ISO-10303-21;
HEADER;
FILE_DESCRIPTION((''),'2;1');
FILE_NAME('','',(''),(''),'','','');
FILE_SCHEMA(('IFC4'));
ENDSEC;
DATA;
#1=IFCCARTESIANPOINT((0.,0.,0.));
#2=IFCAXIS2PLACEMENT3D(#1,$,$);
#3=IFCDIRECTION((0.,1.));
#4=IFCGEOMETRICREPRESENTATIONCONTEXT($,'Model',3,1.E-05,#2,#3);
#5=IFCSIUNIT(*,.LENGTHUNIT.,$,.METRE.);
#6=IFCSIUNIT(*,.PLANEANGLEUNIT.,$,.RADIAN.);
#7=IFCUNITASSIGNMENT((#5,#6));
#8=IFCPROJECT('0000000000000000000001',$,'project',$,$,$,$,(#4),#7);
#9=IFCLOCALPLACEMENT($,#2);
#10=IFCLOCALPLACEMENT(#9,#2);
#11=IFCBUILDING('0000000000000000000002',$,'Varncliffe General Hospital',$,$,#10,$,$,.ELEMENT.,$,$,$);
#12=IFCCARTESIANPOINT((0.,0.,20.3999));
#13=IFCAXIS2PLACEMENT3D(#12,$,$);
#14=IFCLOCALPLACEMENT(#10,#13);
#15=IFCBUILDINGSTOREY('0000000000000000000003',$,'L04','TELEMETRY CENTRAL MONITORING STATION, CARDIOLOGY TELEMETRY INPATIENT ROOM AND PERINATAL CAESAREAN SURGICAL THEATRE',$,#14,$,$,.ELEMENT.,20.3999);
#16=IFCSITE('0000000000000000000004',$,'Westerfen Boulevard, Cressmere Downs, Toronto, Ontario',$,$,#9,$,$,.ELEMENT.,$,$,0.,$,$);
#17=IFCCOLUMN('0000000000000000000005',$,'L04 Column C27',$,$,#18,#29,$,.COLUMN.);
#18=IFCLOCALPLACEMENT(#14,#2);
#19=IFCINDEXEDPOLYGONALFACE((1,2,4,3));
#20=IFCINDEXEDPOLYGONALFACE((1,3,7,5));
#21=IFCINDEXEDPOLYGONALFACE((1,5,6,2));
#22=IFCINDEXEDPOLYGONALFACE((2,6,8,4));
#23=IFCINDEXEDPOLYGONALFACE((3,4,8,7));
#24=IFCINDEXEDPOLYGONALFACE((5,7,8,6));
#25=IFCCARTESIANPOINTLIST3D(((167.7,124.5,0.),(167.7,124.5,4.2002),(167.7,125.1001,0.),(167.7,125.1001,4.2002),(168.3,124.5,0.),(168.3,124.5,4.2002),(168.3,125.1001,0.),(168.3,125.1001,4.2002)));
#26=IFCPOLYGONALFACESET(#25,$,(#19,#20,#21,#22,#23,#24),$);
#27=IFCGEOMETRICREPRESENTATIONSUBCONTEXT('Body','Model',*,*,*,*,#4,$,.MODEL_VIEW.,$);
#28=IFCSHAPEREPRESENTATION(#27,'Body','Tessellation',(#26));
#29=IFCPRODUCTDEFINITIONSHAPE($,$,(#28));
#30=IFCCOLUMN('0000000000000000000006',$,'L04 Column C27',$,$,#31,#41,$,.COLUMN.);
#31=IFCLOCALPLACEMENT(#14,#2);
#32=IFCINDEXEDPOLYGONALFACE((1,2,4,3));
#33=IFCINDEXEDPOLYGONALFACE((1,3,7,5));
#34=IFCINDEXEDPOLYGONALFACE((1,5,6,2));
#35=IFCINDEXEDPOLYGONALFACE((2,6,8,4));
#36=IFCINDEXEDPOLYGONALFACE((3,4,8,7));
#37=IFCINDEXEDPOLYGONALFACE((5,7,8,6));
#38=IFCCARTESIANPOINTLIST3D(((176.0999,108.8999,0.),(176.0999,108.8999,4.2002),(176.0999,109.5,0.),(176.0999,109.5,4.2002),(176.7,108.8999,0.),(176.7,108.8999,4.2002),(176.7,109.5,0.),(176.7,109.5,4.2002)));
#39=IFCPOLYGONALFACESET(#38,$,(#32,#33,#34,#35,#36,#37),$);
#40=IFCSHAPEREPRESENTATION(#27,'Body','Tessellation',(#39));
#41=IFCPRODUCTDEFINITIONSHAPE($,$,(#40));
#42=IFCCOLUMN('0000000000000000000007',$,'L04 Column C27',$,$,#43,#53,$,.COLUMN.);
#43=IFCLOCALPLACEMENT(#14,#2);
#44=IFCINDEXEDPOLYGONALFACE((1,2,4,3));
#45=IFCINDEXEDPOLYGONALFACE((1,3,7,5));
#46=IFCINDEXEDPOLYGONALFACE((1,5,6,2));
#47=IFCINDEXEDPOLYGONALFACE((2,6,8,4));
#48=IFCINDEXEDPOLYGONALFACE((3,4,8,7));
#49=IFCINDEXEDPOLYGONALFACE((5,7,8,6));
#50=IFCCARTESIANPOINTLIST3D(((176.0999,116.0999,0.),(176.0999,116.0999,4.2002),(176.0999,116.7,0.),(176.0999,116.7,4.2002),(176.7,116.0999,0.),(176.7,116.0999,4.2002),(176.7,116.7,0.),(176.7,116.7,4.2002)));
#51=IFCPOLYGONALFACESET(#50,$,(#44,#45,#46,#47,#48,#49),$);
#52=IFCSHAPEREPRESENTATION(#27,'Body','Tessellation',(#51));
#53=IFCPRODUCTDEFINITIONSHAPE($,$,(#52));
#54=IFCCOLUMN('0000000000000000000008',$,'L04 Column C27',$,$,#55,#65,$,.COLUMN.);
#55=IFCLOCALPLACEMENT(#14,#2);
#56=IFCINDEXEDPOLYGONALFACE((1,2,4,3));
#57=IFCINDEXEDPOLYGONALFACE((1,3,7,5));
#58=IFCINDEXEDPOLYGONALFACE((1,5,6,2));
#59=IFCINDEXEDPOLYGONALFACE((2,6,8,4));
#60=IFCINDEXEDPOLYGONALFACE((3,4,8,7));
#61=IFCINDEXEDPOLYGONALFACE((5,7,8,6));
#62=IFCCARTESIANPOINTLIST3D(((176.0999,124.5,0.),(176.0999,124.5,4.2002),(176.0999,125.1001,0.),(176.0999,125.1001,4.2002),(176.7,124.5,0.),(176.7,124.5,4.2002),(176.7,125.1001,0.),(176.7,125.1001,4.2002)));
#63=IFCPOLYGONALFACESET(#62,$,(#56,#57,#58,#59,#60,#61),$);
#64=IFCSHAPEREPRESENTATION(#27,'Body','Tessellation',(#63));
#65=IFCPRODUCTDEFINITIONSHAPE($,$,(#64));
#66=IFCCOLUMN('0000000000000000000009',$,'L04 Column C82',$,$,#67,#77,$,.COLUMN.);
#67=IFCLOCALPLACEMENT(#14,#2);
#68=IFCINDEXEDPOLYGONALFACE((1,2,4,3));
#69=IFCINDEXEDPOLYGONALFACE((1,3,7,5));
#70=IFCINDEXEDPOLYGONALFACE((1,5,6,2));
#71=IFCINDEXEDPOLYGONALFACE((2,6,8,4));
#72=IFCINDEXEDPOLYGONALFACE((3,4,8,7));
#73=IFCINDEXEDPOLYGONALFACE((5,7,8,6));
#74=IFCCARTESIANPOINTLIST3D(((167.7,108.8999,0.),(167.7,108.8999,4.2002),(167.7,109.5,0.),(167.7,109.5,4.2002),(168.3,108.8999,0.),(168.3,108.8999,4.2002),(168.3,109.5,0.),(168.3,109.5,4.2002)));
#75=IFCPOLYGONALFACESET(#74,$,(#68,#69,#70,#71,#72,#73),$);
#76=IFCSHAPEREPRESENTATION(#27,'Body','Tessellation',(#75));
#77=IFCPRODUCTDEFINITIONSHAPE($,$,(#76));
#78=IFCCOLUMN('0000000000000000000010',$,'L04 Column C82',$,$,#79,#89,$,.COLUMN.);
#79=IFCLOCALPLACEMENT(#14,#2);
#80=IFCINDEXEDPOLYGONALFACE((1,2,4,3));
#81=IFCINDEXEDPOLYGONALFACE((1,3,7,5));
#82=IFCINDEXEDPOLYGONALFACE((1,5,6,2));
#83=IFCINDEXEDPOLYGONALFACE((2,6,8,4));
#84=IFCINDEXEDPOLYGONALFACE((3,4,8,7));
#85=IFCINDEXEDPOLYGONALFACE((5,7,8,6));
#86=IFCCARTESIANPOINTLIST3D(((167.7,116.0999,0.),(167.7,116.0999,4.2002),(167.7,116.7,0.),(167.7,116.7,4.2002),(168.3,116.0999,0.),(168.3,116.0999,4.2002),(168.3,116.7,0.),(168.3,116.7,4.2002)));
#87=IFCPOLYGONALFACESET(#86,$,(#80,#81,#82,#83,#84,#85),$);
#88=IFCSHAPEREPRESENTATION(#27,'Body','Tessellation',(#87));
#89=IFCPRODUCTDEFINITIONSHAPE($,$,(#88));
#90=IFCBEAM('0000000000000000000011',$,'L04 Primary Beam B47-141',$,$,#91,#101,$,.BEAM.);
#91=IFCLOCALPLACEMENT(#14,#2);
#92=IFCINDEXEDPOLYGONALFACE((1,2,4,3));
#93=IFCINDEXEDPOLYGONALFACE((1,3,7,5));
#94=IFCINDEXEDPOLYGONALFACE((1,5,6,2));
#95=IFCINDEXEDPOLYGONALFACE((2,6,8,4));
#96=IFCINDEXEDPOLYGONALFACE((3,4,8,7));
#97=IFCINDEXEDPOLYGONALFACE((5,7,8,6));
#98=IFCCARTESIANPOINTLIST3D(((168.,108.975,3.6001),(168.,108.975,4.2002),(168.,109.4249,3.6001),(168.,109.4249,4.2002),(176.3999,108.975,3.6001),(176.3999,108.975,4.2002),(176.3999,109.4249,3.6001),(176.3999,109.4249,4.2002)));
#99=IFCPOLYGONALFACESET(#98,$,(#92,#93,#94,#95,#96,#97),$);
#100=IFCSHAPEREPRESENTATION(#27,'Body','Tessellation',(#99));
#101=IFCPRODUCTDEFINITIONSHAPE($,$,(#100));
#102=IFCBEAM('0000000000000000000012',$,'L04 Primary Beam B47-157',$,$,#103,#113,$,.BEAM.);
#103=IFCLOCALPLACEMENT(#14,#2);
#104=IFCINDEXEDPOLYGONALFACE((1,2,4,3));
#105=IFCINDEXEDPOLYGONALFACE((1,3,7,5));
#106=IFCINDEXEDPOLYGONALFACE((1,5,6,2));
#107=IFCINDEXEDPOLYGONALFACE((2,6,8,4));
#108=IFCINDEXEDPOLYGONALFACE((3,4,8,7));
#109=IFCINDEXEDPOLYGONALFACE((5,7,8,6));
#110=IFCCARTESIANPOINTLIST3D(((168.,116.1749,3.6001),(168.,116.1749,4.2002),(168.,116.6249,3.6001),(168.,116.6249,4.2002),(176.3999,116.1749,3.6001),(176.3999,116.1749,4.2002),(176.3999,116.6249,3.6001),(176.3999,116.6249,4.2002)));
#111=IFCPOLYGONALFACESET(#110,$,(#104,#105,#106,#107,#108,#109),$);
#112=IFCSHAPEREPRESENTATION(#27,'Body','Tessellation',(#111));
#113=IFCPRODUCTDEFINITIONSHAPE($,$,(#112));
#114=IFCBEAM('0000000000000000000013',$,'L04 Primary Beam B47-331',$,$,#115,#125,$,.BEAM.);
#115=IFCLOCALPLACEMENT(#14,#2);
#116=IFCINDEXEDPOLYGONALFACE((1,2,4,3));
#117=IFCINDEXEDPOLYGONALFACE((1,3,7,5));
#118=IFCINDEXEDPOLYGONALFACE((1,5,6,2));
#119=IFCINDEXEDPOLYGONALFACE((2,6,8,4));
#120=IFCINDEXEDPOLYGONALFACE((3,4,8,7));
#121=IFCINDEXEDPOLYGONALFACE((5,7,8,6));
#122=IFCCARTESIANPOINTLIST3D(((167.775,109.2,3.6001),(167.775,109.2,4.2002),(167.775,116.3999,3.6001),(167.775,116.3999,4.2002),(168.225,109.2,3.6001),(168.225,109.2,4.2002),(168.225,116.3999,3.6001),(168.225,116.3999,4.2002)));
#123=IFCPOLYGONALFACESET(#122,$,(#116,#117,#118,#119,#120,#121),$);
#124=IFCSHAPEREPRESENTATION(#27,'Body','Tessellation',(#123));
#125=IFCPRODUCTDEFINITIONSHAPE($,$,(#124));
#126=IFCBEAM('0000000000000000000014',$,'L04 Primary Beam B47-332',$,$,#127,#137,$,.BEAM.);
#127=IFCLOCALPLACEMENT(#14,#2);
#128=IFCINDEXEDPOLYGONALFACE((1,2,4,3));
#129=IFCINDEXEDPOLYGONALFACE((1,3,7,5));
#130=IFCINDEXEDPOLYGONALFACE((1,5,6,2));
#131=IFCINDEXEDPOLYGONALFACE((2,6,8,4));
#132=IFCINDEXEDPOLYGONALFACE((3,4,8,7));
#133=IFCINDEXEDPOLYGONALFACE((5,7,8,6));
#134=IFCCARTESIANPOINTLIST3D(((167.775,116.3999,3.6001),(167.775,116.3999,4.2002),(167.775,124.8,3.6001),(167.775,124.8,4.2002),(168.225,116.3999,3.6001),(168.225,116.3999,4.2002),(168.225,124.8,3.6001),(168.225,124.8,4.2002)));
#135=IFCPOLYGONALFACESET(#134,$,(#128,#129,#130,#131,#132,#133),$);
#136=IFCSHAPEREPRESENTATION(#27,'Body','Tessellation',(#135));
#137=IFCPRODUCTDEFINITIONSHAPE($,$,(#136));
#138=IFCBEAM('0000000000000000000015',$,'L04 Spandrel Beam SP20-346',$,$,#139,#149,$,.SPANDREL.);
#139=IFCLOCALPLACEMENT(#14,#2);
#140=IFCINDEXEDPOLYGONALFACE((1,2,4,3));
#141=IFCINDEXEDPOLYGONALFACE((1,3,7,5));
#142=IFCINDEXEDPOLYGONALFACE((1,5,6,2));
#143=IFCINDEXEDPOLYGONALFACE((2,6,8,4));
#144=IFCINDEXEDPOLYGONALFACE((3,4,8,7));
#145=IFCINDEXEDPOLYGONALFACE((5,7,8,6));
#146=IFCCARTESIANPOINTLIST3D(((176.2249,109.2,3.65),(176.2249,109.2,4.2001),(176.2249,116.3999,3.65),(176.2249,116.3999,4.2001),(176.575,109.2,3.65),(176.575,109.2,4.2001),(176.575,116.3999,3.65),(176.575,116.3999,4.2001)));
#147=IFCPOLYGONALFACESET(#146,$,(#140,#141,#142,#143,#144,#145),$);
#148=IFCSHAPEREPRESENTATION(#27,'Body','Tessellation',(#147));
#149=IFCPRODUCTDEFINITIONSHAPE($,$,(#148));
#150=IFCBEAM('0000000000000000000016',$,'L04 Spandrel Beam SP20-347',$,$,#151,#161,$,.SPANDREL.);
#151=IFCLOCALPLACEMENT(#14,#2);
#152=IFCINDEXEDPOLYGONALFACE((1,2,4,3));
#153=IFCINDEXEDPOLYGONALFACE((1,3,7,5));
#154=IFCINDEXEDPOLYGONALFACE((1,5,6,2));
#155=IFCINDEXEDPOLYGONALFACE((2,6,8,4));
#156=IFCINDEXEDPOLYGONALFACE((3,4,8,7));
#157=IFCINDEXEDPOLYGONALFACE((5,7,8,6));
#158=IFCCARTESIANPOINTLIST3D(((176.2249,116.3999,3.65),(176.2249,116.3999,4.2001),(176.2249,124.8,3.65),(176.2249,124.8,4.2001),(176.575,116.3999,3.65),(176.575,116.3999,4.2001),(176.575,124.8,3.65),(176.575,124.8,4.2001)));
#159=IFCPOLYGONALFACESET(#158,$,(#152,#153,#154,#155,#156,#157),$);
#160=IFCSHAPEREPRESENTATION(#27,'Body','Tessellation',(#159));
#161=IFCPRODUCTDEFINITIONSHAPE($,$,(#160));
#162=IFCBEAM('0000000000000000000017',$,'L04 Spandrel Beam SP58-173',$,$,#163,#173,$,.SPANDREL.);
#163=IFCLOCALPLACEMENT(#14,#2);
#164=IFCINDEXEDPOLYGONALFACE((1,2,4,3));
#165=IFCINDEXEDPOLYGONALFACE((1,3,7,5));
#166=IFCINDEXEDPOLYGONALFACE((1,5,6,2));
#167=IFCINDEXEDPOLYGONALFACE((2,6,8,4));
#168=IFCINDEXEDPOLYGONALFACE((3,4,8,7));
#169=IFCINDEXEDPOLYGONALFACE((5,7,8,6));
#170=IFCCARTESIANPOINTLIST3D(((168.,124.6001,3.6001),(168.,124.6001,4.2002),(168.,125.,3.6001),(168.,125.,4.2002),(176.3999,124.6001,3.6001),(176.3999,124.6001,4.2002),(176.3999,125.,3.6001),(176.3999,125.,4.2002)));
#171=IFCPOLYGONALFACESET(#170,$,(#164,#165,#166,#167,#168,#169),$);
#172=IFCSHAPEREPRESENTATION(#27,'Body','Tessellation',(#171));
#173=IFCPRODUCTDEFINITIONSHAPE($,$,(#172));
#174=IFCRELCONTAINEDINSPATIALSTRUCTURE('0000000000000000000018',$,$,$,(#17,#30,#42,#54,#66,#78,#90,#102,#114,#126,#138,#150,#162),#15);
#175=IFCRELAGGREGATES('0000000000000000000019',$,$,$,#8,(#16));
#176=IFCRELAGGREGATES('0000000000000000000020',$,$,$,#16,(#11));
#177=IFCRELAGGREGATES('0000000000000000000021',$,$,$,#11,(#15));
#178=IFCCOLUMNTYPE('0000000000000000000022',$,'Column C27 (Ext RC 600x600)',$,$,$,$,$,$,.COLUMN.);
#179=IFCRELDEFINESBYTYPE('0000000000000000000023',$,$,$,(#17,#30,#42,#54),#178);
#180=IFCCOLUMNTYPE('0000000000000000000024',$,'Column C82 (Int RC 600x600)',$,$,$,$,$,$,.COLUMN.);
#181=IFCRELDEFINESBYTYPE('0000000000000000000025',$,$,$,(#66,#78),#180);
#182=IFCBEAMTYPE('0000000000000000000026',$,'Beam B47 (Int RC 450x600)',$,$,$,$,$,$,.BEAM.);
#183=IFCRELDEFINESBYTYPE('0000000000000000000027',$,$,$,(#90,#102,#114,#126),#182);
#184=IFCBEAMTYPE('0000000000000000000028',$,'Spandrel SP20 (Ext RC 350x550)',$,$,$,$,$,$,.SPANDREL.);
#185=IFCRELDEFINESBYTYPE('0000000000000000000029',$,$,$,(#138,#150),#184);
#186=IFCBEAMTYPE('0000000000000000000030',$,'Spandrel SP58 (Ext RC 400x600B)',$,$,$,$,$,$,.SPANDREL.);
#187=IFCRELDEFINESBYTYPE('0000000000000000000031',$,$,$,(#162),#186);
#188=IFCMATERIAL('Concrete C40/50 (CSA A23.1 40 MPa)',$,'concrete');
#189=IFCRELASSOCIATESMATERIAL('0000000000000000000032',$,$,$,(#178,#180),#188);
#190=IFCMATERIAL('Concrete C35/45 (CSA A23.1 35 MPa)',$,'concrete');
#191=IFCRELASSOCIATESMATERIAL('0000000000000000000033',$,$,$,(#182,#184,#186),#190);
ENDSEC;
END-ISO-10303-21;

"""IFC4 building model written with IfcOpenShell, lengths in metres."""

from ifc_helpers import new_model, si_unit, direction, frame, origin, origin_2d, place, context, subcontext, project, spatial, rectangle, extrude, material, material_profile, profile_set, type_object, element, save


model = new_model("IFC4")

# Units and contexts
model_context = context("Model", 3, precision=1e-05, world=origin(), true_north=direction((0.0, 1.0)))
body_context = subcontext(model_context, "Body", "Model", "MODEL_VIEW")
ifc_project = project(units=[si_unit("LENGTHUNIT", "METRE"), si_unit("PLANEANGLEUNIT", "RADIAN")], contexts=[model_context])

# Site, building, storey
site_placement = place(None, origin())
site = spatial("IfcSite", under=ifc_project, at=site_placement, Name="Westerfen Boulevard, Cressmere Downs, Toronto, Ontario", CompositionType="ELEMENT", RefElevation=0.0)
building_placement = place(site_placement, origin())
building = spatial("IfcBuilding", under=site, at=building_placement, Name="Varncliffe General Hospital", CompositionType="ELEMENT")
storey_placement = place(building_placement, frame((0.0, 0.0, 20.3999)))
storey = spatial("IfcBuildingStorey", under=building, at=storey_placement, Name="L04", Description="TELEMETRY CENTRAL MONITORING STATION, CARDIOLOGY TELEMETRY INPATIENT ROOM AND PERINATAL CAESAREAN SURGICAL THEATRE", CompositionType="ELEMENT", Elevation=20.3999)

# Columns
ifc_material_1 = material(Name="Concrete C40/50 (CSA A23.1 40 MPa)", Category="concrete")
ifc_material_profile_1 = material_profile(ifc_material_1, rectangle(XDim=0.6001, YDim=0.6001, at=origin_2d()), Name="RC 600x600")
ifc_profile_set_1 = profile_set([ifc_material_profile_1], Name="Concrete C40/50 (CSA A23.1 40 MPa)")
column_type_1 = type_object("IfcColumnType", Name="Column C27 (Ext RC 600x600)", PredefinedType="COLUMN", material=ifc_profile_set_1)
for number, where, z_axis, x_axis, name in (
    (1, (168.0, 124.8, 0.0), (0.0, 0.0, 1.0), (1.0, 0.0, 0.0), "L04 Column C27"),
    (2, (176.3999, 109.2, 0.0), (0.0, 0.0, 1.0), (1.0, 0.0, 0.0), "L04 Column C27"),
    (3, (176.3999, 116.3999, 0.0), (0.0, 0.0, 1.0), (1.0, 0.0, 0.0), "L04 Column C27"),
    (4, (176.3999, 124.8, 0.0), (0.0, 0.0, 1.0), (1.0, 0.0, 0.0), "L04 Column C27"),
):
    element("IfcColumn", number, at=place(storey_placement, frame(where, z_axis=z_axis, x_axis=x_axis)), inside=storey, type_object=column_type_1, Name=name, PredefinedType="COLUMN", context=body_context, shape_type="SweptSolid", body=[
        extrude(rectangle(XDim=0.6001, YDim=0.6001, at=origin_2d()), origin(), (0.0, 0.0, 1.0), 4.2002),
    ])
ifc_material_profile_2 = material_profile(ifc_material_1, rectangle(XDim=0.6001, YDim=0.6001, at=origin_2d()), Name="RC 600x600")
ifc_profile_set_2 = profile_set([ifc_material_profile_2], Name="Concrete C40/50 (CSA A23.1 40 MPa)")
column_type_2 = type_object("IfcColumnType", Name="Column C82 (Int RC 600x600)", PredefinedType="COLUMN", material=ifc_profile_set_2)
for number, where, z_axis, x_axis, name in (
    (5, (168.0, 109.2, 0.0), (0.0, 0.0, 1.0), (1.0, 0.0, 0.0), "L04 Column C82"),
    (6, (168.0, 116.3999, 0.0), (0.0, 0.0, 1.0), (1.0, 0.0, 0.0), "L04 Column C82"),
):
    element("IfcColumn", number, at=place(storey_placement, frame(where, z_axis=z_axis, x_axis=x_axis)), inside=storey, type_object=column_type_2, Name=name, PredefinedType="COLUMN", context=body_context, shape_type="SweptSolid", body=[
        extrude(rectangle(XDim=0.6001, YDim=0.6001, at=origin_2d()), origin(), (0.0, 0.0, 1.0), 4.2002),
    ])

# Beams
ifc_material_2 = material(Name="Concrete C35/45 (CSA A23.1 35 MPa)", Category="concrete")
ifc_material_profile_3 = material_profile(ifc_material_2, rectangle(XDim=0.45, YDim=0.6001, at=origin_2d()), Name="RC 450x600")
ifc_profile_set_3 = profile_set([ifc_material_profile_3], Name="Concrete C35/45 (CSA A23.1 35 MPa)")
beam_type_1 = type_object("IfcBeamType", Name="Beam B47 (Int RC 450x600)", PredefinedType="BEAM", material=ifc_profile_set_3)
for number, where, z_axis, x_axis, name in (
    (7, (168.0, 109.2, 3.9001), (1.0, 0.0, 0.0), (0.0, 1.0, 0.0), "L04 Primary Beam B47-141"),
    (8, (168.0, 116.3999, 3.9001), (1.0, 0.0, 0.0), (0.0, 1.0, 0.0), "L04 Primary Beam B47-157"),
):
    element("IfcBeam", number, at=place(storey_placement, frame(where, z_axis=z_axis, x_axis=x_axis)), inside=storey, type_object=beam_type_1, Name=name, PredefinedType="BEAM", context=body_context, shape_type="SweptSolid", body=[
        extrude(rectangle(XDim=0.45, YDim=0.6001, at=origin_2d()), origin(), (0.0, 0.0, 1.0), 8.3999),
    ])
beam_1_placement = place(storey_placement, frame((168.0, 109.2, 3.9001), z_axis=(0.0, 1.0, 0.0), x_axis=(-1.0, 0.0, 0.0)))
element("IfcBeam", 9, at=beam_1_placement, inside=storey, type_object=beam_type_1, Name="L04 Primary Beam B47-331", PredefinedType="BEAM", context=body_context, shape_type="SweptSolid", body=[
    extrude(rectangle(XDim=0.45, YDim=0.6001, at=origin_2d()), origin(), (0.0, 0.0, 1.0), 7.2),
])
beam_2_placement = place(storey_placement, frame((168.0, 116.3999, 3.9001), z_axis=(0.0, 1.0, 0.0), x_axis=(-1.0, 0.0, 0.0)))
element("IfcBeam", 10, at=beam_2_placement, inside=storey, type_object=beam_type_1, Name="L04 Primary Beam B47-332", PredefinedType="BEAM", context=body_context, shape_type="SweptSolid", body=[
    extrude(rectangle(XDim=0.45, YDim=0.6001, at=origin_2d()), origin(), (0.0, 0.0, 1.0), 8.4001),
])
ifc_material_profile_4 = material_profile(ifc_material_2, rectangle(XDim=0.3501, YDim=0.55, at=origin_2d()), Name="RC 350x550")
ifc_profile_set_4 = profile_set([ifc_material_profile_4], Name="Concrete C35/45 (CSA A23.1 35 MPa)")
beam_type_2 = type_object("IfcBeamType", Name="Spandrel SP20 (Ext RC 350x550)", PredefinedType="SPANDREL", material=ifc_profile_set_4)
beam_3_placement = place(storey_placement, frame((176.3999, 109.2, 3.925), z_axis=(0.0, 1.0, 0.0), x_axis=(-1.0, 0.0, 0.0)))
element("IfcBeam", 11, at=beam_3_placement, inside=storey, type_object=beam_type_2, Name="L04 Spandrel Beam SP20-346", PredefinedType="SPANDREL", context=body_context, shape_type="SweptSolid", body=[
    extrude(rectangle(XDim=0.3501, YDim=0.55, at=origin_2d()), origin(), (0.0, 0.0, 1.0), 7.2),
])
beam_4_placement = place(storey_placement, frame((176.3999, 116.3999, 3.925), z_axis=(0.0, 1.0, 0.0), x_axis=(-1.0, 0.0, 0.0)))
element("IfcBeam", 12, at=beam_4_placement, inside=storey, type_object=beam_type_2, Name="L04 Spandrel Beam SP20-347", PredefinedType="SPANDREL", context=body_context, shape_type="SweptSolid", body=[
    extrude(rectangle(XDim=0.3501, YDim=0.55, at=origin_2d()), origin(), (0.0, 0.0, 1.0), 8.4001),
])
ifc_material_profile_5 = material_profile(ifc_material_2, rectangle(XDim=0.3999, YDim=0.6001, at=origin_2d()), Name="RC 400x600")
ifc_profile_set_5 = profile_set([ifc_material_profile_5], Name="Concrete C35/45 (CSA A23.1 35 MPa)")
beam_type_3 = type_object("IfcBeamType", Name="Spandrel SP58 (Ext RC 400x600B)", PredefinedType="SPANDREL", material=ifc_profile_set_5)
beam_5_placement = place(storey_placement, frame((168.0, 124.8, 3.9001), z_axis=(1.0, 0.0, 0.0), x_axis=(0.0, 1.0, 0.0)))
element("IfcBeam", 13, at=beam_5_placement, inside=storey, type_object=beam_type_3, Name="L04 Spandrel Beam SP58-173", PredefinedType="SPANDREL", context=body_context, shape_type="SweptSolid", body=[
    extrude(rectangle(XDim=0.3999, YDim=0.6001, at=origin_2d()), origin(), (0.0, 0.0, 1.0), 8.3999),
])

save(model, "model.ifc")
